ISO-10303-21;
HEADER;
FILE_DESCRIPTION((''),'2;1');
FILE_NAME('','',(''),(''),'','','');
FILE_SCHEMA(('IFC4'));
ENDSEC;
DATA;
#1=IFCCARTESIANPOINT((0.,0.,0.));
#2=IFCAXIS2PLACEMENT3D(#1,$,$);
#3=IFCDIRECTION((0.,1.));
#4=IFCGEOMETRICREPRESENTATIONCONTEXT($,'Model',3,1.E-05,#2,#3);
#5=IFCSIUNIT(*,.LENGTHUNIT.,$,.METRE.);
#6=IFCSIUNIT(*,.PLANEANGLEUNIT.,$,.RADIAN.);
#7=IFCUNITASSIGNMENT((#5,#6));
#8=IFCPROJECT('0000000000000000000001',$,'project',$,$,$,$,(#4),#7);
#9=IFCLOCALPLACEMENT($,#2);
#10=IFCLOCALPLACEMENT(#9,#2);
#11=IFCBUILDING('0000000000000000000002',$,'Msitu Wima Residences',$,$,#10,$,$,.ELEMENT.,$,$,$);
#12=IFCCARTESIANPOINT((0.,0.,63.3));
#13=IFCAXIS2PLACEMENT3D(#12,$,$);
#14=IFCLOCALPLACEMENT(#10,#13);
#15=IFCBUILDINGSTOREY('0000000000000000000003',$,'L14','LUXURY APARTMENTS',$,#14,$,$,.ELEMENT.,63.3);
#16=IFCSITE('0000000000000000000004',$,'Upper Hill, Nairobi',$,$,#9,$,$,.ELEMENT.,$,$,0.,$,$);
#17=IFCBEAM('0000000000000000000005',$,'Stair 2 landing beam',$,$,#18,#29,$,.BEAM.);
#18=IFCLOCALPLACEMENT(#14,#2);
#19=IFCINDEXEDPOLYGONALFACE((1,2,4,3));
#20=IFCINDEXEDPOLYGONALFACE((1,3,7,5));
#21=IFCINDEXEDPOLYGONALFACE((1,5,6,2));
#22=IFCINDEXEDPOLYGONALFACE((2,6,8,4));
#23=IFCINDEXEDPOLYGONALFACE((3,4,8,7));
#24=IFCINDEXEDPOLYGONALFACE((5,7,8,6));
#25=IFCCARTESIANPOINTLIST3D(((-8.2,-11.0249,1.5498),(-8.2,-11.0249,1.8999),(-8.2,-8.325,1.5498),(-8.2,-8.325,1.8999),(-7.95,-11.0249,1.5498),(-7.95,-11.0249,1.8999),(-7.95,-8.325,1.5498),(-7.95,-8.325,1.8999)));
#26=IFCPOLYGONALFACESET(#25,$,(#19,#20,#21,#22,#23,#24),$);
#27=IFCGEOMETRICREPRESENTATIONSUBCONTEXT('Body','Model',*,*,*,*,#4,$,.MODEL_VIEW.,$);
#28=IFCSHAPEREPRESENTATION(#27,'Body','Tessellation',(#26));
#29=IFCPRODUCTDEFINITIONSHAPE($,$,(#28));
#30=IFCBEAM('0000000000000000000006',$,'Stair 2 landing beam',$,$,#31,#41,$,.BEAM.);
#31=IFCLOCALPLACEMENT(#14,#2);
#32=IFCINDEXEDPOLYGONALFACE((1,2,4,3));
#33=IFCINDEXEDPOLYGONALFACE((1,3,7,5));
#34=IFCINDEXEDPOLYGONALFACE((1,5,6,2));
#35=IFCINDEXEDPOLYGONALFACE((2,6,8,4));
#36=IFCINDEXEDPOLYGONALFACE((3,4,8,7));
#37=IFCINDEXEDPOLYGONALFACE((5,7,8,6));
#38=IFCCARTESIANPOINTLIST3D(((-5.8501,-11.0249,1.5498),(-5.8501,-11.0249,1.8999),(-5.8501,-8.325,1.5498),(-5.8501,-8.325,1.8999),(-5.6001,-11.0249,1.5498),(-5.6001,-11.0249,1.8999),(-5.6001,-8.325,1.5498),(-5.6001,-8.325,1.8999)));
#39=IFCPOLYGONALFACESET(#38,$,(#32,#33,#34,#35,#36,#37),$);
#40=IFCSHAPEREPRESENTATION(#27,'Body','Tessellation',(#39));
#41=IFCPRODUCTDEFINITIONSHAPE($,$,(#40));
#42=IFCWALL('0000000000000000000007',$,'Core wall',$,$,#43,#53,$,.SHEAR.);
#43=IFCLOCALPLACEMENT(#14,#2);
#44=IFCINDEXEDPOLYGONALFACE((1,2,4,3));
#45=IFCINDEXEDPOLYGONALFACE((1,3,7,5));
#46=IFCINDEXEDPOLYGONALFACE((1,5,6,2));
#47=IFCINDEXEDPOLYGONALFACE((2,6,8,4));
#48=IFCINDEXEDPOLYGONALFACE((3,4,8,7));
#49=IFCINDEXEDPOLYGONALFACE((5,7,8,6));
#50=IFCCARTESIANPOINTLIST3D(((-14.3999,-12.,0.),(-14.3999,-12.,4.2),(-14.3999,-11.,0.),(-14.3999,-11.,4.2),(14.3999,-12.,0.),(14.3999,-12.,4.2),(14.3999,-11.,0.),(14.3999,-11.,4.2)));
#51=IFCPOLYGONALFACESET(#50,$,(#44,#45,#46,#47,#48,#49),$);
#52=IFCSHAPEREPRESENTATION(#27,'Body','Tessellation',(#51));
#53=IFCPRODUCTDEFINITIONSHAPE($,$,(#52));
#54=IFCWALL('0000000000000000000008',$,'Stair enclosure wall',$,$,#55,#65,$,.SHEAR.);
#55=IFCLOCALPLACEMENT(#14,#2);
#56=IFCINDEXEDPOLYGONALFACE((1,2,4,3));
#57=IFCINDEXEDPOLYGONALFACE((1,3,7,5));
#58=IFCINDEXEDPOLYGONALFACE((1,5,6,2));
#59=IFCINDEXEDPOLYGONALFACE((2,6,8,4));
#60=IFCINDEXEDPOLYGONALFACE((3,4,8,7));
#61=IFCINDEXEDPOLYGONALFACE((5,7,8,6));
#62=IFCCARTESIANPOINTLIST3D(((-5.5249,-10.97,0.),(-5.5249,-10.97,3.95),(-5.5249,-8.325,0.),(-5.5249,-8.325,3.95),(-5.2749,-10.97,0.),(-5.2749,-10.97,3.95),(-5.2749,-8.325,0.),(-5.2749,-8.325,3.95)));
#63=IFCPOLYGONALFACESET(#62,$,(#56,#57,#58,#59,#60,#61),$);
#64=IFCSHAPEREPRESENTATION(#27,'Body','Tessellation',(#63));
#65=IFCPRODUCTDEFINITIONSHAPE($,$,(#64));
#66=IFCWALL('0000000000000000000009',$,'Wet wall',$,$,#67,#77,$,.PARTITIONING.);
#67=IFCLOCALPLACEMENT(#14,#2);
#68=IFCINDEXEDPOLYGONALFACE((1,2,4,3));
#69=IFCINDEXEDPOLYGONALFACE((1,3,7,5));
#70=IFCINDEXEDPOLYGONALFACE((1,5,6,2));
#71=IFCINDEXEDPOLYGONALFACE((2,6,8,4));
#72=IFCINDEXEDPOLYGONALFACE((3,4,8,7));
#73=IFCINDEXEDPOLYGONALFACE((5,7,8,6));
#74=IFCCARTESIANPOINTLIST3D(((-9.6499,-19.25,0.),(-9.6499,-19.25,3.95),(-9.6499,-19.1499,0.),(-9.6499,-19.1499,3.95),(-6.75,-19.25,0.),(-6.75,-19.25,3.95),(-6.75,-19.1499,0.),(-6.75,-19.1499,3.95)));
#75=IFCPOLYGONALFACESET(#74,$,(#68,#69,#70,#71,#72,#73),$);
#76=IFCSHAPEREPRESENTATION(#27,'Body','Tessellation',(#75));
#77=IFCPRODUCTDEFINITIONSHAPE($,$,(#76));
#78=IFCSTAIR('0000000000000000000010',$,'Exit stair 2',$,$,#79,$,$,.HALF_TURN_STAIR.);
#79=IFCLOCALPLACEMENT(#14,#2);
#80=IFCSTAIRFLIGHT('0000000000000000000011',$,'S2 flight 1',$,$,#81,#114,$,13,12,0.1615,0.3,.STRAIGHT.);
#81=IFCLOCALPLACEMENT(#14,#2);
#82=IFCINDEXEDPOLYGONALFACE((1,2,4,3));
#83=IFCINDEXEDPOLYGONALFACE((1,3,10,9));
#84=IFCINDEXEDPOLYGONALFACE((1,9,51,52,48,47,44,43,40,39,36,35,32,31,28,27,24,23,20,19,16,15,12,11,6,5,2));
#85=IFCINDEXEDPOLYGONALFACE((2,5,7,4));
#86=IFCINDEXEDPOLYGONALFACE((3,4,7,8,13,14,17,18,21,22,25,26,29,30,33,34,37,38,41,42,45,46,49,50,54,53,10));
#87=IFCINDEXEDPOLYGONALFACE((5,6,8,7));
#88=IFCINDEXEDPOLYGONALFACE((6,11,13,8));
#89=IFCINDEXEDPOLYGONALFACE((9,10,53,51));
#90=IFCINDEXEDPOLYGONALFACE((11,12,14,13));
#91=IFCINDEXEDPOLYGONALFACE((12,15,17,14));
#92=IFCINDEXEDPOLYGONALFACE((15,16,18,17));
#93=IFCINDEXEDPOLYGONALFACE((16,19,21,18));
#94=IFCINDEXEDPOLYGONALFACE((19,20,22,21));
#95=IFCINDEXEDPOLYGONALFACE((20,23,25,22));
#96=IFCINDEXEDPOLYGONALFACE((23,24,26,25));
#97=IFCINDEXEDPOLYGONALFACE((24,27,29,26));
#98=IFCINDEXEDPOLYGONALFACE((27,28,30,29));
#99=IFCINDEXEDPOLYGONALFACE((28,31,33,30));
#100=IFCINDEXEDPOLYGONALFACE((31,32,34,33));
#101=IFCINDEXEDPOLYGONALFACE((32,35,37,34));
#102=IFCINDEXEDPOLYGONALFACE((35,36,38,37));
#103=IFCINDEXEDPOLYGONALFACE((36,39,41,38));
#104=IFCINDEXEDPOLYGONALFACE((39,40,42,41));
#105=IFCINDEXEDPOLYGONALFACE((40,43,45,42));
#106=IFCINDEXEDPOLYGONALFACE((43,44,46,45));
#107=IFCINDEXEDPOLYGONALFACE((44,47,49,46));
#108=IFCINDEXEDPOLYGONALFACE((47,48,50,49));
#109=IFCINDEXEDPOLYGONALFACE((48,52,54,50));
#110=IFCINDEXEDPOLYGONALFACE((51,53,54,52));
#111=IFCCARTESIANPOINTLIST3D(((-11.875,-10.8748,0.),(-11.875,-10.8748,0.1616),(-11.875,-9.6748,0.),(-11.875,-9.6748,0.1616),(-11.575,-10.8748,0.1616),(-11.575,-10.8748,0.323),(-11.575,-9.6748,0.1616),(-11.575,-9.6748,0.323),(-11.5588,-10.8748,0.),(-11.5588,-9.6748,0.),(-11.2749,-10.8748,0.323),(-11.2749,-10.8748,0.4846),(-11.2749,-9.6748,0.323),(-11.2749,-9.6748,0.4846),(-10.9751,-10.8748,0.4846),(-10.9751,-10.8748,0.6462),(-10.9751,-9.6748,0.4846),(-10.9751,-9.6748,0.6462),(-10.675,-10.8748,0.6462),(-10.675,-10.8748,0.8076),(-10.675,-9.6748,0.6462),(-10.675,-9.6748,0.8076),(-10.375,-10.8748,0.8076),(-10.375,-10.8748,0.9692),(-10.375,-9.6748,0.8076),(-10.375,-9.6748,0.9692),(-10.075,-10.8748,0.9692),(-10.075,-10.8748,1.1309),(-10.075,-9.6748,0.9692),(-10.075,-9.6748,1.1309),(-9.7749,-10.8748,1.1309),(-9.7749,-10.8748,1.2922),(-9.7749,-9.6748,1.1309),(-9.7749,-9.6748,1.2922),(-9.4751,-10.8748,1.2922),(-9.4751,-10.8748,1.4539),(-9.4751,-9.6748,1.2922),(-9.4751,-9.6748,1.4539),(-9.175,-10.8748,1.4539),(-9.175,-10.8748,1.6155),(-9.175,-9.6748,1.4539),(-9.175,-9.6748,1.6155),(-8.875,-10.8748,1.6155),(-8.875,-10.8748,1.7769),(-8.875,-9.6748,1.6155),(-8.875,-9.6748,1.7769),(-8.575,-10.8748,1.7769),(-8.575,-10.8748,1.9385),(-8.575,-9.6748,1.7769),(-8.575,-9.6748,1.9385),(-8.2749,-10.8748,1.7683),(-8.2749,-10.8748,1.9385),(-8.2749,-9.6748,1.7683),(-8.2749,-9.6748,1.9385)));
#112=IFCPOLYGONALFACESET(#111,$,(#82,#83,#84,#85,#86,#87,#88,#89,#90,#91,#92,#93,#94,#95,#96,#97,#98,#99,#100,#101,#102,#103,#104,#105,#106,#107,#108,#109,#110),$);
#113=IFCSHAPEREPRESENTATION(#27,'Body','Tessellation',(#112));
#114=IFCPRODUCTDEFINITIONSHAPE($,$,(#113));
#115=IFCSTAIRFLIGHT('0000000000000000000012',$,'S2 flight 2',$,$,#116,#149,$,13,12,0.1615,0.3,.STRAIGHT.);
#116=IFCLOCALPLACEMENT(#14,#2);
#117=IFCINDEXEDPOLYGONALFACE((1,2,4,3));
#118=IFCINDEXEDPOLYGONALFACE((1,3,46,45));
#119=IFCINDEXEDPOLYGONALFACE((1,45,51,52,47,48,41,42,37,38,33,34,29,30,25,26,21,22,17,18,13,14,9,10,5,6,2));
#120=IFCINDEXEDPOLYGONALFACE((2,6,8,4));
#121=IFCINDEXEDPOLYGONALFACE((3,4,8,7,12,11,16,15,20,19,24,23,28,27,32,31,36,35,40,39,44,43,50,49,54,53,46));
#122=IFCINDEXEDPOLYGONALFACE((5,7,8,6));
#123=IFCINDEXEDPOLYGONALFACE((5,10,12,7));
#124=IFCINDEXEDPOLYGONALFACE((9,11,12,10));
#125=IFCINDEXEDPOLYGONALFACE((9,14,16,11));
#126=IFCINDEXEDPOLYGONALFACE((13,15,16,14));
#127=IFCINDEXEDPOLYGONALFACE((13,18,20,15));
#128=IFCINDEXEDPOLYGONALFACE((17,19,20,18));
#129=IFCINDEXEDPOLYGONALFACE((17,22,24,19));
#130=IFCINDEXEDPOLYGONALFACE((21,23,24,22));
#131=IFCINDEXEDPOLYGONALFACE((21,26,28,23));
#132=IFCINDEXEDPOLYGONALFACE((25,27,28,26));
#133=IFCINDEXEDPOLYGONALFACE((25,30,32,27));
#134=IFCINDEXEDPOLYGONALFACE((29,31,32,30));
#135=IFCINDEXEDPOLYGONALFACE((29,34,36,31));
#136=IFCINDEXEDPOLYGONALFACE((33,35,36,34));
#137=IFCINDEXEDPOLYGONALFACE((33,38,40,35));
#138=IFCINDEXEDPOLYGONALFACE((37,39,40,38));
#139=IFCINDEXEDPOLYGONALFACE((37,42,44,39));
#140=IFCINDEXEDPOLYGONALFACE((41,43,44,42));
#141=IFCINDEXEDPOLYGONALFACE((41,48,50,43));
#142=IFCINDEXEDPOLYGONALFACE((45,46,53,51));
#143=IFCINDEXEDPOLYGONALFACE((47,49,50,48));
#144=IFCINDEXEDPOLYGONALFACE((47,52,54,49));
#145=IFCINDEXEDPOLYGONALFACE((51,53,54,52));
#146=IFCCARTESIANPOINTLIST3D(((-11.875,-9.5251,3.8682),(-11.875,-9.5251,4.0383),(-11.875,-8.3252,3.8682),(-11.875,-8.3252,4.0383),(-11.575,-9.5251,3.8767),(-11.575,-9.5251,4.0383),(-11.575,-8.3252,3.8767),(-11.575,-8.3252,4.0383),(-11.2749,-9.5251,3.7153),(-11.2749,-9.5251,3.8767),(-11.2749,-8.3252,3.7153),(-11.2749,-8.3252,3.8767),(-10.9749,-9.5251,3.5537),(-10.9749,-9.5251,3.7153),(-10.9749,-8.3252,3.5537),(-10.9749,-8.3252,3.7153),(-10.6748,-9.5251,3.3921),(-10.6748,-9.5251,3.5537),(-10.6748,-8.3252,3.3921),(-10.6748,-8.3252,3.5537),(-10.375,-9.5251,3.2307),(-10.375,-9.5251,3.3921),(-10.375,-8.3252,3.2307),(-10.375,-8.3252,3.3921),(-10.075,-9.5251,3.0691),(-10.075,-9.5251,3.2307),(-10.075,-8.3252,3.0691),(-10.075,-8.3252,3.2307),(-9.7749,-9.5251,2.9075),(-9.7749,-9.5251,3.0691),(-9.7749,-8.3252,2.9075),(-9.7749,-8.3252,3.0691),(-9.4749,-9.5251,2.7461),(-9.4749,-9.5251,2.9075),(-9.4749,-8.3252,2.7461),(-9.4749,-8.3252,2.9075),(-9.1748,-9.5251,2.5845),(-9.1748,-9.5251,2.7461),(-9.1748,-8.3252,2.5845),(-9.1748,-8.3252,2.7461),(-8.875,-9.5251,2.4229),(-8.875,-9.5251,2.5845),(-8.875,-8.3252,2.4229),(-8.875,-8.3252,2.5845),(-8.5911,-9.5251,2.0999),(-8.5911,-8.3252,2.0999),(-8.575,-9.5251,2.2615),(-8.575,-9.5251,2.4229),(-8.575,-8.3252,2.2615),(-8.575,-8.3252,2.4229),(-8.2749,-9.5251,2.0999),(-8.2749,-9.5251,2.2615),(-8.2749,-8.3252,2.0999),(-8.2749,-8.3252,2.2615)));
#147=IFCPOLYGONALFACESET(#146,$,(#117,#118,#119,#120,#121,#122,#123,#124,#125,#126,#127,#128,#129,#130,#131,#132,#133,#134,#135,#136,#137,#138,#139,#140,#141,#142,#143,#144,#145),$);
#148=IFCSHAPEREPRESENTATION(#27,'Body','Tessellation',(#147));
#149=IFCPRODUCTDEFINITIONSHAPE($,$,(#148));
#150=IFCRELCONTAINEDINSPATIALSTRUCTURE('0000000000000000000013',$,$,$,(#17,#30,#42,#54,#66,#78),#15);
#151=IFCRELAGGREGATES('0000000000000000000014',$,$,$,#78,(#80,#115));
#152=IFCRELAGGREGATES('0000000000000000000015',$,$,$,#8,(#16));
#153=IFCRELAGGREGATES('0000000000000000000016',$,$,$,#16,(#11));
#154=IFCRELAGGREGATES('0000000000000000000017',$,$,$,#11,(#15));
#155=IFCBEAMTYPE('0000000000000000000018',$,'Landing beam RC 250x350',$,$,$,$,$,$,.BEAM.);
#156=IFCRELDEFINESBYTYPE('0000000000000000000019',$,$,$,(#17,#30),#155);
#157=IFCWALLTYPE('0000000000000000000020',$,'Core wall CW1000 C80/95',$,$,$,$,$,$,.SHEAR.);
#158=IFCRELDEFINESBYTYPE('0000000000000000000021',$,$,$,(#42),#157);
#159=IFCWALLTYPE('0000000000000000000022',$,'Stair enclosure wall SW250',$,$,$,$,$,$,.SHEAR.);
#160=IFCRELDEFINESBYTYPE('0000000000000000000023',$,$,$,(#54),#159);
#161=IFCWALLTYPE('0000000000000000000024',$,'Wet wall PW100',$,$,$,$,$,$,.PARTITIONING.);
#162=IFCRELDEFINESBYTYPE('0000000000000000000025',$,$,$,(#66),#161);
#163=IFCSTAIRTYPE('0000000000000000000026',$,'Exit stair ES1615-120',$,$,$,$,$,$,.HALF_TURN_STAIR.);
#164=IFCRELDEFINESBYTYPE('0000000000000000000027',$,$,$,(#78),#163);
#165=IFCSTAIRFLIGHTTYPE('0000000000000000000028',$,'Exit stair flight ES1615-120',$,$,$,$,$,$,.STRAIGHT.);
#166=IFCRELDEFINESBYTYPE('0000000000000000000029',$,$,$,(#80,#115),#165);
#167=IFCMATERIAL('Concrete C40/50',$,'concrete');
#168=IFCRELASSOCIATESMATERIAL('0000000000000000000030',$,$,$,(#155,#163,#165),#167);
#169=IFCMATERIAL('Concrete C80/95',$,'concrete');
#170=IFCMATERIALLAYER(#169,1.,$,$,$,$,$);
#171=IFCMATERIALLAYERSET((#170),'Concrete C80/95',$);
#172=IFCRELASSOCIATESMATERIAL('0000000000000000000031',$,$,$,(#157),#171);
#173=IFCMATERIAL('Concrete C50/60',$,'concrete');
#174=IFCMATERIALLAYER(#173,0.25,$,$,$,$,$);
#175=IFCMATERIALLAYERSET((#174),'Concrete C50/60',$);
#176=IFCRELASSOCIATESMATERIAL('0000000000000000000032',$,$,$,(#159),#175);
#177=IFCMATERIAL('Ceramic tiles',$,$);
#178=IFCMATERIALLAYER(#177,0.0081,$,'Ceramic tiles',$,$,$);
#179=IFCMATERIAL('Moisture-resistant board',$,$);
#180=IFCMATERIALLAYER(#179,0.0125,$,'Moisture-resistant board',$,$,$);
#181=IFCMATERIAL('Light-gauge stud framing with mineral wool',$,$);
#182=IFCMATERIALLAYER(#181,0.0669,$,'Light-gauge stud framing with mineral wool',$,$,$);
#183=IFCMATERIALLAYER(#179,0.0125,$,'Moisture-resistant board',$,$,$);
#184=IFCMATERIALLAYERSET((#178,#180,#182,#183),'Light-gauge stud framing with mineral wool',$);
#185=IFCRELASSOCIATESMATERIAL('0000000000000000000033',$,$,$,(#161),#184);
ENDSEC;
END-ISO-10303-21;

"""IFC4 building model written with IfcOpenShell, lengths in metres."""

from ifc_helpers import new_model, si_unit, direction, frame, frame_2d, origin, origin_2d, place, context, subcontext, project, spatial, polyline, rectangle, outline, extrude, material, layer, layer_set, material_profile, profile_set, type_object, element, aggregate, save


model = new_model("IFC4")

# Units and contexts
model_context = context("Model", 3, precision=1e-05, world=origin(), true_north=direction((0.0, 1.0)))
body_context = subcontext(model_context, "Body", "Model", "MODEL_VIEW")
ifc_project = project(units=[si_unit("LENGTHUNIT", "METRE"), si_unit("PLANEANGLEUNIT", "RADIAN")], contexts=[model_context])

# Site, building, storey
site_placement = place(None, origin())
site = spatial("IfcSite", under=ifc_project, at=site_placement, Name="Upper Hill, Nairobi", CompositionType="ELEMENT", RefElevation=0.0)
building_placement = place(site_placement, origin())
building = spatial("IfcBuilding", under=site, at=building_placement, Name="Msitu Wima Residences", CompositionType="ELEMENT")
storey_placement = place(building_placement, frame((0.0, 0.0, 63.3)))
storey = spatial("IfcBuildingStorey", under=building, at=storey_placement, Name="L14", Description="LUXURY APARTMENTS", CompositionType="ELEMENT", Elevation=63.3)

# Beams
ifc_material_1 = material(Name="Concrete C40/50", Category="concrete")
ifc_material_profile = material_profile(ifc_material_1, rectangle(XDim=0.25, YDim=0.3501, at=origin_2d()), Name="RC 250x350")
ifc_profile_set = profile_set([ifc_material_profile], Name="Concrete C40/50")
beam_type = type_object("IfcBeamType", Name="Landing beam RC 250x350", PredefinedType="BEAM", material=ifc_profile_set)
for number, where, z_axis, x_axis, name in (
    (1, (-8.075, -11.0249, 1.7249), (0.0, 1.0, 0.0), (-1.0, 0.0, 0.0), "Stair 2 landing beam"),
    (2, (-5.7251, -11.0249, 1.7249), (0.0, 1.0, 0.0), (-1.0, 0.0, 0.0), "Stair 2 landing beam"),
):
    element("IfcBeam", number, at=place(storey_placement, frame(where, z_axis=z_axis, x_axis=x_axis)), inside=storey, type_object=beam_type, Name=name, PredefinedType="BEAM", context=body_context, shape_type="SweptSolid", body=[
        extrude(rectangle(XDim=0.25, YDim=0.3501, at=origin_2d()), origin(), (0.0, 0.0, 1.0), 2.7),
    ])

# Wall
ifc_material_2 = material(Name="Concrete C80/95", Category="concrete")
ifc_layer_1 = layer(ifc_material_2, 1.0)
ifc_layer_set_1 = layer_set([ifc_layer_1], Name="Concrete C80/95")
wall_type_1 = type_object("IfcWallType", Name="Core wall CW1000 C80/95", PredefinedType="SHEAR", material=ifc_layer_set_1)
wall_1_placement = place(storey_placement, frame((-14.3999, -11.5, 0.0), z_axis=(0.0, 0.0, 1.0), x_axis=(1.0, 0.0, 0.0)))
element("IfcWall", 3, at=wall_1_placement, inside=storey, type_object=wall_type_1, Name="Core wall", PredefinedType="SHEAR", context=body_context, shape_type="SweptSolid", body=[
    extrude(rectangle(XDim=28.7998, YDim=1.0, at=frame_2d((14.3999, 0.0))), origin(), (0.0, 0.0, 1.0), 4.2),
])

# Walls
ifc_material_3 = material(Name="Concrete C50/60", Category="concrete")
ifc_layer_2 = layer(ifc_material_3, 0.25)
ifc_layer_set_2 = layer_set([ifc_layer_2], Name="Concrete C50/60")
wall_type_2 = type_object("IfcWallType", Name="Stair enclosure wall SW250", PredefinedType="SHEAR", material=ifc_layer_set_2)
wall_2_placement = place(storey_placement, frame((-5.3999, -10.97, 0.0), z_axis=(0.0, 0.0, 1.0), x_axis=(0.0, 1.0, 0.0)))
element("IfcWall", 4, at=wall_2_placement, inside=storey, type_object=wall_type_2, Name="Stair enclosure wall", PredefinedType="SHEAR", context=body_context, shape_type="SweptSolid", body=[
    extrude(rectangle(XDim=2.645, YDim=0.25, at=frame_2d((1.3225, 0.0))), origin(), (0.0, 0.0, 1.0), 3.95),
])
ifc_material_4 = material(Name="Ceramic tiles")
ifc_layer_3 = layer(ifc_material_4, 0.0081, Name="Ceramic tiles")
ifc_material_5 = material(Name="Moisture-resistant board")
ifc_layer_4 = layer(ifc_material_5, 0.0125, Name="Moisture-resistant board")
ifc_material_6 = material(Name="Light-gauge stud framing with mineral wool")
ifc_layer_5 = layer(ifc_material_6, 0.0669, Name="Light-gauge stud framing with mineral wool")
ifc_layer_6 = layer(ifc_material_5, 0.0125, Name="Moisture-resistant board")
ifc_layer_set_3 = layer_set([ifc_layer_3, ifc_layer_4, ifc_layer_5, ifc_layer_6], Name="Light-gauge stud framing with mineral wool")
wall_type_3 = type_object("IfcWallType", Name="Wet wall PW100", PredefinedType="PARTITIONING", material=ifc_layer_set_3)
wall_3_placement = place(storey_placement, frame((-9.6499, -19.2, 0.0), z_axis=(0.0, 0.0, 1.0), x_axis=(1.0, 0.0, 0.0)))
element("IfcWall", 5, at=wall_3_placement, inside=storey, type_object=wall_type_3, Name="Wet wall", PredefinedType="PARTITIONING", context=body_context, shape_type="SweptSolid", body=[
    extrude(rectangle(XDim=2.8999, YDim=0.1001, at=frame_2d((1.45, 0.0))), origin(), (0.0, 0.0, 1.0), 3.95),
])

# Stair, stair flights
stair_type = type_object("IfcStairType", Name="Exit stair ES1615-120", PredefinedType="HALF_TURN_STAIR", material=ifc_material_1)
stair_placement = place(storey_placement, origin())
stair = element("IfcStair", 6, at=stair_placement, inside=storey, type_object=stair_type, Name="Exit stair 2", PredefinedType="HALF_TURN_STAIR")
stair_flight_type = type_object("IfcStairFlightType", Name="Exit stair flight ES1615-120", PredefinedType="STRAIGHT", material=ifc_material_1)
stair_flight_1_placement = place(storey_placement, frame((-11.875, -10.2749, 0.0), z_axis=(0.0, 0.0, 1.0), x_axis=(1.0, 0.0, 0.0)))
stair_flight_1 = element("IfcStairFlight", 7, at=stair_flight_1_placement, type_object=stair_flight_type, Name="S2 flight 1", NumberOfRisers=13, NumberOfTreads=12, PredefinedType="STRAIGHT", RiserHeight=0.1615, TreadLength=0.3, context=body_context, shape_type="SweptSolid", body=[
    extrude(outline(polyline([(0.0, 0.0), (0.0, 0.1616), (0.3, 0.1616), (0.3, 0.323), (0.6001, 0.323), (0.6001, 0.4846), (0.8999, 0.4846), (0.8999, 0.6462), (1.2, 0.6462), (1.2, 0.8076), (1.5, 0.8076), (1.5, 0.9692), (1.8, 0.9692), (1.8, 1.1309), (2.1001, 1.1309), (2.1001, 1.2922), (2.3999, 1.2922), (2.3999, 1.4539), (2.7, 1.4539), (2.7, 1.6155), (3.0, 1.6155), (3.0, 1.7769), (3.3, 1.7769), (3.3, 1.9385), (3.6001, 1.9385), (3.6001, 2.1001), (3.6001, 1.7683), (0.3162, 0.0), (0.0, 0.0)])), frame((0.0, 0.6001, 0.0), z_axis=(0.0, -1.0, 0.0), x_axis=(1.0, 0.0, 0.0)), (0.0, 0.0, 1.0), 1.2),
])
stair_flight_2_placement = place(storey_placement, frame((-8.2749, -8.925, 2.0999), z_axis=(0.0, 0.0, 1.0), x_axis=(-1.0, 0.0, 0.0)))
stair_flight_2 = element("IfcStairFlight", 8, at=stair_flight_2_placement, type_object=stair_flight_type, Name="S2 flight 2", NumberOfRisers=13, NumberOfTreads=12, PredefinedType="STRAIGHT", RiserHeight=0.1615, TreadLength=0.3, context=body_context, shape_type="SweptSolid", body=[
    extrude(outline(polyline([(0.0, 0.0), (0.0, 0.1616), (0.3, 0.1616), (0.3, 0.323), (0.6001, 0.323), (0.6001, 0.4846), (0.8999, 0.4846), (0.8999, 0.6462), (1.2, 0.6462), (1.2, 0.8076), (1.5, 0.8076), (1.5, 0.9692), (1.8, 0.9692), (1.8, 1.1309), (2.1001, 1.1309), (2.1001, 1.2922), (2.3999, 1.2922), (2.3999, 1.4539), (2.7, 1.4539), (2.7, 1.6155), (3.0, 1.6155), (3.0, 1.7769), (3.3, 1.7769), (3.3, 1.9385), (3.6001, 1.9385), (3.6001, 2.1001), (3.6001, 1.7683), (0.3162, 0.0), (0.0, 0.0)])), frame((0.0, 0.6001, 0.0), z_axis=(0.0, -1.0, 0.0), x_axis=(1.0, 0.0, 0.0)), (0.0, 0.0, 1.0), 1.2),
])
aggregate(stair, [stair_flight_1, stair_flight_2])

save(model, "model.ifc")
